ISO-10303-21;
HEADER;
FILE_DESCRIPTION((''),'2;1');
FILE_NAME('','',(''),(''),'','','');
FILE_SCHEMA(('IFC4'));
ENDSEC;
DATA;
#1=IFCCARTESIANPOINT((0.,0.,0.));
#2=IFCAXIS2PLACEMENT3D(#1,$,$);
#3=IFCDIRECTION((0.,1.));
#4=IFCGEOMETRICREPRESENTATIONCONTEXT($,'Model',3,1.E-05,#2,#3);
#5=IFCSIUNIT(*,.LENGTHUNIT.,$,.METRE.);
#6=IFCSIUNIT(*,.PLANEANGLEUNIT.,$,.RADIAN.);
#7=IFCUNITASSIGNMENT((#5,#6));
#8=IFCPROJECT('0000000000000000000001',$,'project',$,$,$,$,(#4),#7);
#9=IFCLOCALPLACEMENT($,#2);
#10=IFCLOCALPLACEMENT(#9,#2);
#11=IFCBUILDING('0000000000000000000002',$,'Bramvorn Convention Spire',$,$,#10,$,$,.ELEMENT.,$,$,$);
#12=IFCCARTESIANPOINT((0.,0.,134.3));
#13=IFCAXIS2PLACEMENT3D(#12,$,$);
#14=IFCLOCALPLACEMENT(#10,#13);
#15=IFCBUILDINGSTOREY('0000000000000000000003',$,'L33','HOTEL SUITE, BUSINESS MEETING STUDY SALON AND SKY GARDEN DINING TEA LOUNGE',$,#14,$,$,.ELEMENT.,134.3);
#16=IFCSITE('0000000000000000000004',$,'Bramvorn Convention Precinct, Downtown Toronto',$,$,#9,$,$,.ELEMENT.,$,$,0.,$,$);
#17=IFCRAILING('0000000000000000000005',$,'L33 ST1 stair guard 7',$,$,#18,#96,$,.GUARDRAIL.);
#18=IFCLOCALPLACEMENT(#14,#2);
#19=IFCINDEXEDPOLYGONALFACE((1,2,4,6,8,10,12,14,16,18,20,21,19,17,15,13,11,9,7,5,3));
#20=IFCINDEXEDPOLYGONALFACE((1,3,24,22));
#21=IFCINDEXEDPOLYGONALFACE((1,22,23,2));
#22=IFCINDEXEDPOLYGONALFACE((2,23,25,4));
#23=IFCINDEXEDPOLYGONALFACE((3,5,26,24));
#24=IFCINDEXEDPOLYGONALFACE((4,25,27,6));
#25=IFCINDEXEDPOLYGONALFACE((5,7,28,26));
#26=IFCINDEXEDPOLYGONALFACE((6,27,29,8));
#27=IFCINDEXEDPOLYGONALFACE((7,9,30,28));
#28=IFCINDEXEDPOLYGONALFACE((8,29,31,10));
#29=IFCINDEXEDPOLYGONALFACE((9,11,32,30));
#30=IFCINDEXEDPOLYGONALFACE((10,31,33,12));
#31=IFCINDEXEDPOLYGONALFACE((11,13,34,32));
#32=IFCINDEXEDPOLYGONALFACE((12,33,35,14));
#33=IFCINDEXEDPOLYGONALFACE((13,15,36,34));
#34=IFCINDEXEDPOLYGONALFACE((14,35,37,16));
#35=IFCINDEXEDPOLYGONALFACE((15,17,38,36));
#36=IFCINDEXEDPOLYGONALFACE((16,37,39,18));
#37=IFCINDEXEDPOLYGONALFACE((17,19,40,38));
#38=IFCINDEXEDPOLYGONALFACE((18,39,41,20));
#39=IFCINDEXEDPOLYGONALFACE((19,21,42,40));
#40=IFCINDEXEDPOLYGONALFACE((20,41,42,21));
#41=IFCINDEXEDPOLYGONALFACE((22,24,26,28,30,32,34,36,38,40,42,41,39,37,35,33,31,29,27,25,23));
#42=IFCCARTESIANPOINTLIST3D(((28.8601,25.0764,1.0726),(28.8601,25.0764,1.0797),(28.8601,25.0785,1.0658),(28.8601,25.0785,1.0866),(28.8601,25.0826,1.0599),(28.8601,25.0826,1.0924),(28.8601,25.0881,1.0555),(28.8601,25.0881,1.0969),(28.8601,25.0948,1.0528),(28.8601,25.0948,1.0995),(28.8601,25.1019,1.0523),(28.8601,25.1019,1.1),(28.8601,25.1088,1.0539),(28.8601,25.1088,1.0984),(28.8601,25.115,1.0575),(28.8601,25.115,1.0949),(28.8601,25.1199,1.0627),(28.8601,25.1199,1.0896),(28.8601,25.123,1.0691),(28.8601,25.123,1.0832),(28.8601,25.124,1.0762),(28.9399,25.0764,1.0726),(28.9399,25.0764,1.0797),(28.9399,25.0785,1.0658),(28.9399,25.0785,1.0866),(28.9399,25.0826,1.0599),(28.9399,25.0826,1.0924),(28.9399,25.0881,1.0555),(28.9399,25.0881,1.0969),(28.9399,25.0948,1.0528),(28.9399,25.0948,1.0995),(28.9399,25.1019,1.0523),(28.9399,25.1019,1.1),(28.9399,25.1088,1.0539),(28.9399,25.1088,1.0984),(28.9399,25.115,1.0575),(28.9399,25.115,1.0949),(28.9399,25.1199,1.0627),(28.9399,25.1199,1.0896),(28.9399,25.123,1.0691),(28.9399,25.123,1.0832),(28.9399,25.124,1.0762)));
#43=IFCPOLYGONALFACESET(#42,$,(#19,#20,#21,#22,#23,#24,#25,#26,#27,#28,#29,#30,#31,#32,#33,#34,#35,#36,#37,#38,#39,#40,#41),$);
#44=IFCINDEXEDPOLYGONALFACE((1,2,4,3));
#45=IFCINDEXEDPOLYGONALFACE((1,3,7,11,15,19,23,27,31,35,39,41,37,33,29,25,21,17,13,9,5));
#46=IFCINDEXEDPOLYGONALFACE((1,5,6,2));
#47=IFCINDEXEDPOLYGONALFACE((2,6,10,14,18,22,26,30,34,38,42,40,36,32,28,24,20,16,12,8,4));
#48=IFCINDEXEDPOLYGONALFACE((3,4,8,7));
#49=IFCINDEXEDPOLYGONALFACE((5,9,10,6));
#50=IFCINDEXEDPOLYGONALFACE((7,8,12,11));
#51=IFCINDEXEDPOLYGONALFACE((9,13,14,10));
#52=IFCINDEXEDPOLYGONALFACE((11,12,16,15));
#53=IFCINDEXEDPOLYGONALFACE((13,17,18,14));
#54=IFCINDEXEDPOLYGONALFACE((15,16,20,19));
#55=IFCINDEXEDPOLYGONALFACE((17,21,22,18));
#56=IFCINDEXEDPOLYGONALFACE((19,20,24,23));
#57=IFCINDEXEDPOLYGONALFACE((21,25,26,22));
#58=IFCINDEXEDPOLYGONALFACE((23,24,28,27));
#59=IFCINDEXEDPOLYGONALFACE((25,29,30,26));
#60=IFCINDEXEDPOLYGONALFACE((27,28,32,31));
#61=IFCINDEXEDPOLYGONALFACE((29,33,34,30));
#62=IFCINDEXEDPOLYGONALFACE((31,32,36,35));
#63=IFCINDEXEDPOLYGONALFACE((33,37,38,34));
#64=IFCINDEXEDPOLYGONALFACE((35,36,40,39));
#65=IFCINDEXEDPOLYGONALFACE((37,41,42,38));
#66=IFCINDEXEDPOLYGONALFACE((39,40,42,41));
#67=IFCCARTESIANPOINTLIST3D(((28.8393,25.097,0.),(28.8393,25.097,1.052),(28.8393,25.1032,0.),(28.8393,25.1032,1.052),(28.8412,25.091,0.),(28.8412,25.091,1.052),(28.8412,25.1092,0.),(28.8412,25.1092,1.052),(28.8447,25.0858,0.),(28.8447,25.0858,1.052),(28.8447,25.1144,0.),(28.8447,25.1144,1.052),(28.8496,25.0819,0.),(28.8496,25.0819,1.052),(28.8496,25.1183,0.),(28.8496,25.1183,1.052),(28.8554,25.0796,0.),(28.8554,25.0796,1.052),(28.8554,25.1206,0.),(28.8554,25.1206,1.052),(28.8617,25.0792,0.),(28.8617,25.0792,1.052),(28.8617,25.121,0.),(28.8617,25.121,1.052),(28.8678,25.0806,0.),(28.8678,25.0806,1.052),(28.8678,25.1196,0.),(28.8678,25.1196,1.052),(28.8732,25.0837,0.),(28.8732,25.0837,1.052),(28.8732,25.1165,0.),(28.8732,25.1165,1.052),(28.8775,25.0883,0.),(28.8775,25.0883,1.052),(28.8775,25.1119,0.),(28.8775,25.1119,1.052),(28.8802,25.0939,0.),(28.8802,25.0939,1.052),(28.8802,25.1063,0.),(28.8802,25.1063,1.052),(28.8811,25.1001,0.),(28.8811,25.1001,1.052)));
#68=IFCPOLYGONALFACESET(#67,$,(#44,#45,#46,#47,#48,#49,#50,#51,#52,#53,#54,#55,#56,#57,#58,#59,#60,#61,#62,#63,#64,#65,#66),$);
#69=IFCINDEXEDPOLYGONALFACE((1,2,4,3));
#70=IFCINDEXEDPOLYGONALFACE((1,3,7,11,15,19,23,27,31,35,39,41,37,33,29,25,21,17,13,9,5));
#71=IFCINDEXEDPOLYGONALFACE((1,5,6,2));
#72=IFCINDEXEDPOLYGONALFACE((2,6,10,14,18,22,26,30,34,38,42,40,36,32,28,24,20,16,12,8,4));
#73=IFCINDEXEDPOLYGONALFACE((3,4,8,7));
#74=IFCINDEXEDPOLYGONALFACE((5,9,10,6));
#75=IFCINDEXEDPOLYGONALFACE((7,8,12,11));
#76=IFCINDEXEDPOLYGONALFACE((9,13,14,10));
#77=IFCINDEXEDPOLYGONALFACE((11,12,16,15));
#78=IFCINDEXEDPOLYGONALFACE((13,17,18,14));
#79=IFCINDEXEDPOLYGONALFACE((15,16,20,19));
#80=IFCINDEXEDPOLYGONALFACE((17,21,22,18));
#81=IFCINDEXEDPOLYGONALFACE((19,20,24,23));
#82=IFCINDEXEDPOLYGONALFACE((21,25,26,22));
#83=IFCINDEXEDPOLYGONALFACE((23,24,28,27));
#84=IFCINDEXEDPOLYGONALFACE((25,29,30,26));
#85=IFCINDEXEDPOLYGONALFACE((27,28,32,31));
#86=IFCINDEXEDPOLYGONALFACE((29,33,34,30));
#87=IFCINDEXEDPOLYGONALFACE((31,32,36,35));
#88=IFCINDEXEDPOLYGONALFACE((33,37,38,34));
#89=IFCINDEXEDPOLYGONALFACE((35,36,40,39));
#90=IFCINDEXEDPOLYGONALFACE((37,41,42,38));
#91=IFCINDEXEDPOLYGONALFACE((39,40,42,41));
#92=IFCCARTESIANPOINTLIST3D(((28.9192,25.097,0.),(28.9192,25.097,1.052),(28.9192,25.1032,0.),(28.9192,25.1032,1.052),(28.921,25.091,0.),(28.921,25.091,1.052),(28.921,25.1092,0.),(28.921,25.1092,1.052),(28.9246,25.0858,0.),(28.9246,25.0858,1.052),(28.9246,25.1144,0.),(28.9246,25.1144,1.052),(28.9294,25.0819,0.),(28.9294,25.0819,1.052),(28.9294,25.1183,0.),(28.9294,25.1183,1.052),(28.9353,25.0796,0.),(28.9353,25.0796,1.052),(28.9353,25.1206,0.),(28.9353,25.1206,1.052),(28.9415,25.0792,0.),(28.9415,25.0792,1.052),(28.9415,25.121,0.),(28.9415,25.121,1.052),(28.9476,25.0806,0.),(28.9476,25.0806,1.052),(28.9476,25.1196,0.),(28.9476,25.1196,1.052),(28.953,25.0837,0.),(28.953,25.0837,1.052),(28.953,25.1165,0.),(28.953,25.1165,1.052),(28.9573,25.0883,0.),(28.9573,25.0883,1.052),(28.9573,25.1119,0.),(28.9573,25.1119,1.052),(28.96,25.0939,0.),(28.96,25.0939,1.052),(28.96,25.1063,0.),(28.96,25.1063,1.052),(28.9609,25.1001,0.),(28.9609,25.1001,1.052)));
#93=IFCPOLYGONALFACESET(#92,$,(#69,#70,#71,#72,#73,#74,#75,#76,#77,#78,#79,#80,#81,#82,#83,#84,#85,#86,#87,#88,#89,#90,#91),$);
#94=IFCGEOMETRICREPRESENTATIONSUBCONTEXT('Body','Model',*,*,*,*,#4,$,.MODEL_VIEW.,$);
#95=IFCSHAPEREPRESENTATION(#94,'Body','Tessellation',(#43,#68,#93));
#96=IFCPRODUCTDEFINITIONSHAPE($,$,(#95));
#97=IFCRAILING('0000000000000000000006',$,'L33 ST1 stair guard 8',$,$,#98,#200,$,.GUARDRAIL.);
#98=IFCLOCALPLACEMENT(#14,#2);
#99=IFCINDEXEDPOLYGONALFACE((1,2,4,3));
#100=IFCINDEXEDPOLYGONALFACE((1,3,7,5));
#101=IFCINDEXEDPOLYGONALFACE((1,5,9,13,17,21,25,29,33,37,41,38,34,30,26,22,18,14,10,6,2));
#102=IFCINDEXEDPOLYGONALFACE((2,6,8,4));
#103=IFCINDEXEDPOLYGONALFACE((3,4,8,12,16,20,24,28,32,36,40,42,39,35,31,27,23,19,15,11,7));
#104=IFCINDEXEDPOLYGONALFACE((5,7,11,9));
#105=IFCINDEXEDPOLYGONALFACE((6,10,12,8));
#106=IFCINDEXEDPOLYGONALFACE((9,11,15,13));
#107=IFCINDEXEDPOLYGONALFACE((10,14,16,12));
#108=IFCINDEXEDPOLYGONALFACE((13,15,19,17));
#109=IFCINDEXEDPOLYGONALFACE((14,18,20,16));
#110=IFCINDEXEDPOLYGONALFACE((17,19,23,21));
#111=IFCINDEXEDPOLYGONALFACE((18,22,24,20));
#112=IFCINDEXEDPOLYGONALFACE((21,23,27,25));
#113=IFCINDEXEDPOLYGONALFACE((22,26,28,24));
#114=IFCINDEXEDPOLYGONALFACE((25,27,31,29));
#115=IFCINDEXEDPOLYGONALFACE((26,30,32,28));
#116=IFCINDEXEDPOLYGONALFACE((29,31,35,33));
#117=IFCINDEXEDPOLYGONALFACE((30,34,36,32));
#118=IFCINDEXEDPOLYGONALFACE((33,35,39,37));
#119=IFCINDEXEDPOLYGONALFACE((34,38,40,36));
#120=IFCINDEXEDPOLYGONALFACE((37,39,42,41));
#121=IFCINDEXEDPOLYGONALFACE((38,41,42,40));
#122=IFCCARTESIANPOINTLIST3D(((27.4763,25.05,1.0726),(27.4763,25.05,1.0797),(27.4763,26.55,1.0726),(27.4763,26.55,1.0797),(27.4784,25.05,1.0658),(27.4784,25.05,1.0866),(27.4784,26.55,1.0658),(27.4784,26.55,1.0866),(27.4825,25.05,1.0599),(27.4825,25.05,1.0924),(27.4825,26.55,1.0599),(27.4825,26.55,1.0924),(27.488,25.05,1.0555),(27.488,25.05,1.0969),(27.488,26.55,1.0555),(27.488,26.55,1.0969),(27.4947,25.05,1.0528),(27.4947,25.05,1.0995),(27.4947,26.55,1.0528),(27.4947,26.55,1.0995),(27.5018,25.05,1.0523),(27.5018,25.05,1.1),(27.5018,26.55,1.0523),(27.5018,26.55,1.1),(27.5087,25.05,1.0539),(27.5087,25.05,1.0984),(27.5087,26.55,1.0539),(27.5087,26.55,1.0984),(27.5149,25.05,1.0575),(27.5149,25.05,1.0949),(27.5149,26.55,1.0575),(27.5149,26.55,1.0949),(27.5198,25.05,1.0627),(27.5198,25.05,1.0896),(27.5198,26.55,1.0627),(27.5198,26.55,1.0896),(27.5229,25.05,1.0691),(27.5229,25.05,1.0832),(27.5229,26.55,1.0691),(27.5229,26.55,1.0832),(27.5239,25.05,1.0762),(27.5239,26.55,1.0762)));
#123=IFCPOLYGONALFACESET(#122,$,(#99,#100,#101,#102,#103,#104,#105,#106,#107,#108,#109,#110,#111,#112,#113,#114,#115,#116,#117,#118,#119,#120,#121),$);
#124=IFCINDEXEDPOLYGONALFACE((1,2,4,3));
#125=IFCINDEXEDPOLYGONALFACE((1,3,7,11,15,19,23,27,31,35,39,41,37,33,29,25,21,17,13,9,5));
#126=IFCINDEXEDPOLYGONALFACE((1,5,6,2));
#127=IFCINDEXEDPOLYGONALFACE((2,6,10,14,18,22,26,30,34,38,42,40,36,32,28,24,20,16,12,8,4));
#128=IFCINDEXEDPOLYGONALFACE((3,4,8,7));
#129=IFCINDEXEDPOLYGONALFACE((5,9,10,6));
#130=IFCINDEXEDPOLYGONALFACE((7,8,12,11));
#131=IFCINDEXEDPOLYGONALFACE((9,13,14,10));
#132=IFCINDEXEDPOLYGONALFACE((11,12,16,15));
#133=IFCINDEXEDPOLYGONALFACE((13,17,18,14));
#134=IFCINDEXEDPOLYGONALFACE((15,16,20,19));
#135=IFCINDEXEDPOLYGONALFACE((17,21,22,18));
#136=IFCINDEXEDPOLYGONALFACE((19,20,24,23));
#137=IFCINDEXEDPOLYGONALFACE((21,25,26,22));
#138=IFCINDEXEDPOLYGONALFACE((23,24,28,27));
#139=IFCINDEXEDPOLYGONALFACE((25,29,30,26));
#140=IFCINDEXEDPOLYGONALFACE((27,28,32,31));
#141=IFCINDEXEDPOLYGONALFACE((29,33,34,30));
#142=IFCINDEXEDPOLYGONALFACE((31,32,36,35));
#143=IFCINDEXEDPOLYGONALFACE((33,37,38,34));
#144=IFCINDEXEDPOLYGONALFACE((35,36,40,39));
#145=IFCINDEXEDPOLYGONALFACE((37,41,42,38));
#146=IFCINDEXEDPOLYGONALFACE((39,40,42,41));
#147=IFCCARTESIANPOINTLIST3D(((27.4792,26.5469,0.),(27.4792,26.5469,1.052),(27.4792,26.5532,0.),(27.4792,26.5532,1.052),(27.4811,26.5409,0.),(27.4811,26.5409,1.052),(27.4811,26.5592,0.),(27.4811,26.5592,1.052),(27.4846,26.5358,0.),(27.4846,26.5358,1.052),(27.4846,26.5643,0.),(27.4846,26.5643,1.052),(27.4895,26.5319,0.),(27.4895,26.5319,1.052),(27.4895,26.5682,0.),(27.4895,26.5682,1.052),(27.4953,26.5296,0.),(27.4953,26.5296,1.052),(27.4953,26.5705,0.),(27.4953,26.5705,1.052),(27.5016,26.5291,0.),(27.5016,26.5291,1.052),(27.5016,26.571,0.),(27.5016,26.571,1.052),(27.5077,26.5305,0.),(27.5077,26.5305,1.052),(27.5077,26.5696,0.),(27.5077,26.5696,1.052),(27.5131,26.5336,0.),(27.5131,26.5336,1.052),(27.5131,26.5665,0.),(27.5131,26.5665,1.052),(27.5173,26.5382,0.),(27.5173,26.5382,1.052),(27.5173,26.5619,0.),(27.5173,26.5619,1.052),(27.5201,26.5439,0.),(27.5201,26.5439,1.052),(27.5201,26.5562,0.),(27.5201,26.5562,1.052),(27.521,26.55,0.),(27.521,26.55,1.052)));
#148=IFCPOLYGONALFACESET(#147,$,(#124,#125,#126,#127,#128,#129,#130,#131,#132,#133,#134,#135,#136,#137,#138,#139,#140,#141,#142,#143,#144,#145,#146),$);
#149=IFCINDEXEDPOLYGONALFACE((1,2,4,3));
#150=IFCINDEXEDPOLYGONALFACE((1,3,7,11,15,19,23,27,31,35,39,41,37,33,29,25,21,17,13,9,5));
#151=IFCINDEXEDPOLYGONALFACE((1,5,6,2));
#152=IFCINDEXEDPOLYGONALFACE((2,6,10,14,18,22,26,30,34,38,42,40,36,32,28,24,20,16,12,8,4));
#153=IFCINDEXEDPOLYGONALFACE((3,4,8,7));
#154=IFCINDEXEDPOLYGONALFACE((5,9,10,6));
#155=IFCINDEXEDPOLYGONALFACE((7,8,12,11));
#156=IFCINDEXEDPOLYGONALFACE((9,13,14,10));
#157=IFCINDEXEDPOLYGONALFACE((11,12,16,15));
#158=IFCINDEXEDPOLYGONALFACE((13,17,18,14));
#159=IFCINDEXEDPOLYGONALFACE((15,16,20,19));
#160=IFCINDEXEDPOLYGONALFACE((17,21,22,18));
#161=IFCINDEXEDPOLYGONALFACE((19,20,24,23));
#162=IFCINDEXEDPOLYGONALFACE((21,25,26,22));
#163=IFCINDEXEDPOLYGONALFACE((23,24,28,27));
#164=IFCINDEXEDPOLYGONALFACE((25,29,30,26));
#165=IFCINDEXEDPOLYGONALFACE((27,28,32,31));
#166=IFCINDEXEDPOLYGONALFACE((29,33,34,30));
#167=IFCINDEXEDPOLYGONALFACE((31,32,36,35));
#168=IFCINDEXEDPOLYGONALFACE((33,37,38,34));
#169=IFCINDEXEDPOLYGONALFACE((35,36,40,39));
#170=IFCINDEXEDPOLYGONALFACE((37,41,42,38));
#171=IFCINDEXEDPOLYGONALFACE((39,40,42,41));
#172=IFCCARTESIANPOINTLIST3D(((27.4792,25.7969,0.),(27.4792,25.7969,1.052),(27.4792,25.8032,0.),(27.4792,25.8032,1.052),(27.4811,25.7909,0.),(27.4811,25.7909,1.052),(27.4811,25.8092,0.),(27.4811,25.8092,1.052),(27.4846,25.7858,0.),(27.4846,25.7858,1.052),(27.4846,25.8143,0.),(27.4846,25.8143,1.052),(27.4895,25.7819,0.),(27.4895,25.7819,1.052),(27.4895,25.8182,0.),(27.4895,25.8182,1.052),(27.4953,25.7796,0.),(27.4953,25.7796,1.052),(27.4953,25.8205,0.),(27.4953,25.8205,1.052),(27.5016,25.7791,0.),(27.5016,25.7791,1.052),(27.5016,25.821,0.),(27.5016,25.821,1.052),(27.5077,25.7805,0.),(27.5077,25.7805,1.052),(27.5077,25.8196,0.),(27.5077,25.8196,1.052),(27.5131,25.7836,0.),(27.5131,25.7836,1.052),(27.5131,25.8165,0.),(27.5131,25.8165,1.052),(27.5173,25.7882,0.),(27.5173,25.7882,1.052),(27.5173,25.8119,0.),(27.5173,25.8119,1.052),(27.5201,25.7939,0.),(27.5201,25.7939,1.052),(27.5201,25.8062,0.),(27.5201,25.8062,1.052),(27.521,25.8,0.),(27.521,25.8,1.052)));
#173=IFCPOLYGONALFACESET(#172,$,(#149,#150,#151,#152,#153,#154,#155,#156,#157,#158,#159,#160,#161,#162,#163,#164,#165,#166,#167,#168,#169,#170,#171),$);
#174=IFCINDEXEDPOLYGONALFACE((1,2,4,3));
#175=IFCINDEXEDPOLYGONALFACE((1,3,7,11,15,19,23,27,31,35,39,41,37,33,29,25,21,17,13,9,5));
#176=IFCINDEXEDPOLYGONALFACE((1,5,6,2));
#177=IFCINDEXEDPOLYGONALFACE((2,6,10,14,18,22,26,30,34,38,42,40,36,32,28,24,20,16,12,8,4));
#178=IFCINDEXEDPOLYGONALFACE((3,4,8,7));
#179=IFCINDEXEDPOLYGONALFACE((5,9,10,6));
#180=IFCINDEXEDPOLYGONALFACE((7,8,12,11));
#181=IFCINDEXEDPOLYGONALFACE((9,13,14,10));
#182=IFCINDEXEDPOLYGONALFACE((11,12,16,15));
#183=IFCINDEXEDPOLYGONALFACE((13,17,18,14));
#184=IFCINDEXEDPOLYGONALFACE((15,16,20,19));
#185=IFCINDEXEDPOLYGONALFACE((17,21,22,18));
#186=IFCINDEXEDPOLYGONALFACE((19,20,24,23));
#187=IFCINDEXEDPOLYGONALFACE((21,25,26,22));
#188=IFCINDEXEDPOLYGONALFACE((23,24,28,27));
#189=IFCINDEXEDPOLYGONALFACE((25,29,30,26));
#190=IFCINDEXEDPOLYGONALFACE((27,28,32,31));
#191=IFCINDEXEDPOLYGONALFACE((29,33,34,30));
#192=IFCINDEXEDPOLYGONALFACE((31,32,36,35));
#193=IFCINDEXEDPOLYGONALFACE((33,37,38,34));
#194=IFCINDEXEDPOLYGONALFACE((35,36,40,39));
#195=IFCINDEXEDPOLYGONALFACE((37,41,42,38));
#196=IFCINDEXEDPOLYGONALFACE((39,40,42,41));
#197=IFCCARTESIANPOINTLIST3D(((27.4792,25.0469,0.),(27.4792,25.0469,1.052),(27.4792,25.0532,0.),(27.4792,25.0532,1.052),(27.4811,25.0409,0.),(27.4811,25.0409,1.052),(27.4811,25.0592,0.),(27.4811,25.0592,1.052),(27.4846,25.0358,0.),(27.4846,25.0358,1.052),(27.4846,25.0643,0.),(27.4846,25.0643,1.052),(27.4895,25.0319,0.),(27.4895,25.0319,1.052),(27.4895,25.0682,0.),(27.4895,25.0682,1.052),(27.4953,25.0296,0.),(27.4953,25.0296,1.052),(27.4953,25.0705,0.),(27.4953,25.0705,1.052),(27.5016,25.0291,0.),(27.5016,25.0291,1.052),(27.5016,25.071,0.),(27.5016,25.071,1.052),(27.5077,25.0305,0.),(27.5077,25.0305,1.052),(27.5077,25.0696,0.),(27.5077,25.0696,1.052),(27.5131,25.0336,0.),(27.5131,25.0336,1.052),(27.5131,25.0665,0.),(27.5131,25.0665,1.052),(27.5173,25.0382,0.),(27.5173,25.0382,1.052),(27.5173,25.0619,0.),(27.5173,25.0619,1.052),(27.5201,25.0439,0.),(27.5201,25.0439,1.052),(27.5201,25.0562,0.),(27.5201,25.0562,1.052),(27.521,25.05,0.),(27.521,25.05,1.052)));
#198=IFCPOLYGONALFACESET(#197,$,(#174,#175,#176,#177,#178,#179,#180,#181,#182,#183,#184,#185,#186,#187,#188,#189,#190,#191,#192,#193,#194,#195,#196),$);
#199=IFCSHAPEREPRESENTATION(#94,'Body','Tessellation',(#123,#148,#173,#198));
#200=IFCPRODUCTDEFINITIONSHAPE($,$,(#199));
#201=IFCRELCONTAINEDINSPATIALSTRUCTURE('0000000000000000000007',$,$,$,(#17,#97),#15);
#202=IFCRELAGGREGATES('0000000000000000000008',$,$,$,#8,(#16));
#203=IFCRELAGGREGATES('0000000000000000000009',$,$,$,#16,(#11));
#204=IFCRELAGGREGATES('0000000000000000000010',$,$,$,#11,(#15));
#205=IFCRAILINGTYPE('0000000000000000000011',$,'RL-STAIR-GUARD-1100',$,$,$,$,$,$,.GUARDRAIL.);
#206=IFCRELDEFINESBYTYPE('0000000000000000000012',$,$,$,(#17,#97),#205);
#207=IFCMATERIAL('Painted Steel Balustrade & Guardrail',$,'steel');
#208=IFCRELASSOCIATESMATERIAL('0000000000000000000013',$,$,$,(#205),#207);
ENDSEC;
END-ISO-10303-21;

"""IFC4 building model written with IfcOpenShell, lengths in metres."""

from ifc_helpers import new_model, si_unit, direction, frame, origin, origin_2d, place, context, subcontext, project, spatial, circle, extrude, material, type_object, element, save


model = new_model("IFC4")

# Units and contexts
model_context = context("Model", 3, precision=1e-05, world=origin(), true_north=direction((0.0, 1.0)))
body_context = subcontext(model_context, "Body", "Model", "MODEL_VIEW")
ifc_project = project(units=[si_unit("LENGTHUNIT", "METRE"), si_unit("PLANEANGLEUNIT", "RADIAN")], contexts=[model_context])

# Site, building, storey
site_placement = place(None, origin())
site = spatial("IfcSite", under=ifc_project, at=site_placement, Name="Bramvorn Convention Precinct, Downtown Toronto", CompositionType="ELEMENT", RefElevation=0.0)
building_placement = place(site_placement, origin())
building = spatial("IfcBuilding", under=site, at=building_placement, Name="Bramvorn Convention Spire", CompositionType="ELEMENT")
storey_placement = place(building_placement, frame((0.0, 0.0, 134.3)))
storey = spatial("IfcBuildingStorey", under=building, at=storey_placement, Name="L33", Description="HOTEL SUITE, BUSINESS MEETING STUDY SALON AND SKY GARDEN DINING TEA LOUNGE", CompositionType="ELEMENT", Elevation=134.3)

# Railings
ifc_material_1 = material(Name="Painted Steel Balustrade & Guardrail", Category="steel")
railing_type_1 = type_object("IfcRailingType", Name="RL-STAIR-GUARD-1100", PredefinedType="GUARDRAIL", material=ifc_material_1)
railing_1_placement = place(storey_placement, frame((28.8601, 25.1001, 0.0)))
element("IfcRailing", 1, at=railing_1_placement, inside=storey, type_object=railing_type_1, Name="L33 ST1 stair guard 7", PredefinedType="GUARDRAIL", context=body_context, shape_type="SweptSolid", body=[
    extrude(circle(Radius=0.0239, at=origin_2d()), frame((0.0, 0.0, 1.0762), z_axis=(1.0, 0.0, 0.0), x_axis=(0.0, 1.0, 0.0)), (0.0, 0.0, 1.0), 0.0798),
    extrude(circle(Radius=0.021, at=origin_2d()), origin(), (0.0, 0.0, 1.0), 1.052),
    extrude(circle(Radius=0.021, at=origin_2d()), frame((0.0798, 0.0, 0.0)), (0.0, 0.0, 1.0), 1.052),
])
for number, where, name in (
    (2, (27.5, 26.55, 0.0), "L33 ST1 stair guard 8"),
):
    element("IfcRailing", number, at=place(storey_placement, frame(where)), inside=storey, type_object=railing_type_1, Name=name, PredefinedType="GUARDRAIL", context=body_context, shape_type="SweptSolid", body=[
        extrude(circle(Radius=0.0239, at=origin_2d()), frame((0.0, 0.0, 1.0762), z_axis=(0.0, -1.0, 0.0), x_axis=(1.0, 0.0, 0.0)), (0.0, 0.0, 1.0), 1.5),
        extrude(circle(Radius=0.021, at=origin_2d()), origin(), (0.0, 0.0, 1.0), 1.052),
        extrude(circle(Radius=0.021, at=origin_2d()), frame((0.0, -0.75, 0.0)), (0.0, 0.0, 1.0), 1.052),
        extrude(circle(Radius=0.021, at=origin_2d()), frame((0.0, -1.5, 0.0)), (0.0, 0.0, 1.0), 1.052),
    ])

save(model, "model.ifc")
